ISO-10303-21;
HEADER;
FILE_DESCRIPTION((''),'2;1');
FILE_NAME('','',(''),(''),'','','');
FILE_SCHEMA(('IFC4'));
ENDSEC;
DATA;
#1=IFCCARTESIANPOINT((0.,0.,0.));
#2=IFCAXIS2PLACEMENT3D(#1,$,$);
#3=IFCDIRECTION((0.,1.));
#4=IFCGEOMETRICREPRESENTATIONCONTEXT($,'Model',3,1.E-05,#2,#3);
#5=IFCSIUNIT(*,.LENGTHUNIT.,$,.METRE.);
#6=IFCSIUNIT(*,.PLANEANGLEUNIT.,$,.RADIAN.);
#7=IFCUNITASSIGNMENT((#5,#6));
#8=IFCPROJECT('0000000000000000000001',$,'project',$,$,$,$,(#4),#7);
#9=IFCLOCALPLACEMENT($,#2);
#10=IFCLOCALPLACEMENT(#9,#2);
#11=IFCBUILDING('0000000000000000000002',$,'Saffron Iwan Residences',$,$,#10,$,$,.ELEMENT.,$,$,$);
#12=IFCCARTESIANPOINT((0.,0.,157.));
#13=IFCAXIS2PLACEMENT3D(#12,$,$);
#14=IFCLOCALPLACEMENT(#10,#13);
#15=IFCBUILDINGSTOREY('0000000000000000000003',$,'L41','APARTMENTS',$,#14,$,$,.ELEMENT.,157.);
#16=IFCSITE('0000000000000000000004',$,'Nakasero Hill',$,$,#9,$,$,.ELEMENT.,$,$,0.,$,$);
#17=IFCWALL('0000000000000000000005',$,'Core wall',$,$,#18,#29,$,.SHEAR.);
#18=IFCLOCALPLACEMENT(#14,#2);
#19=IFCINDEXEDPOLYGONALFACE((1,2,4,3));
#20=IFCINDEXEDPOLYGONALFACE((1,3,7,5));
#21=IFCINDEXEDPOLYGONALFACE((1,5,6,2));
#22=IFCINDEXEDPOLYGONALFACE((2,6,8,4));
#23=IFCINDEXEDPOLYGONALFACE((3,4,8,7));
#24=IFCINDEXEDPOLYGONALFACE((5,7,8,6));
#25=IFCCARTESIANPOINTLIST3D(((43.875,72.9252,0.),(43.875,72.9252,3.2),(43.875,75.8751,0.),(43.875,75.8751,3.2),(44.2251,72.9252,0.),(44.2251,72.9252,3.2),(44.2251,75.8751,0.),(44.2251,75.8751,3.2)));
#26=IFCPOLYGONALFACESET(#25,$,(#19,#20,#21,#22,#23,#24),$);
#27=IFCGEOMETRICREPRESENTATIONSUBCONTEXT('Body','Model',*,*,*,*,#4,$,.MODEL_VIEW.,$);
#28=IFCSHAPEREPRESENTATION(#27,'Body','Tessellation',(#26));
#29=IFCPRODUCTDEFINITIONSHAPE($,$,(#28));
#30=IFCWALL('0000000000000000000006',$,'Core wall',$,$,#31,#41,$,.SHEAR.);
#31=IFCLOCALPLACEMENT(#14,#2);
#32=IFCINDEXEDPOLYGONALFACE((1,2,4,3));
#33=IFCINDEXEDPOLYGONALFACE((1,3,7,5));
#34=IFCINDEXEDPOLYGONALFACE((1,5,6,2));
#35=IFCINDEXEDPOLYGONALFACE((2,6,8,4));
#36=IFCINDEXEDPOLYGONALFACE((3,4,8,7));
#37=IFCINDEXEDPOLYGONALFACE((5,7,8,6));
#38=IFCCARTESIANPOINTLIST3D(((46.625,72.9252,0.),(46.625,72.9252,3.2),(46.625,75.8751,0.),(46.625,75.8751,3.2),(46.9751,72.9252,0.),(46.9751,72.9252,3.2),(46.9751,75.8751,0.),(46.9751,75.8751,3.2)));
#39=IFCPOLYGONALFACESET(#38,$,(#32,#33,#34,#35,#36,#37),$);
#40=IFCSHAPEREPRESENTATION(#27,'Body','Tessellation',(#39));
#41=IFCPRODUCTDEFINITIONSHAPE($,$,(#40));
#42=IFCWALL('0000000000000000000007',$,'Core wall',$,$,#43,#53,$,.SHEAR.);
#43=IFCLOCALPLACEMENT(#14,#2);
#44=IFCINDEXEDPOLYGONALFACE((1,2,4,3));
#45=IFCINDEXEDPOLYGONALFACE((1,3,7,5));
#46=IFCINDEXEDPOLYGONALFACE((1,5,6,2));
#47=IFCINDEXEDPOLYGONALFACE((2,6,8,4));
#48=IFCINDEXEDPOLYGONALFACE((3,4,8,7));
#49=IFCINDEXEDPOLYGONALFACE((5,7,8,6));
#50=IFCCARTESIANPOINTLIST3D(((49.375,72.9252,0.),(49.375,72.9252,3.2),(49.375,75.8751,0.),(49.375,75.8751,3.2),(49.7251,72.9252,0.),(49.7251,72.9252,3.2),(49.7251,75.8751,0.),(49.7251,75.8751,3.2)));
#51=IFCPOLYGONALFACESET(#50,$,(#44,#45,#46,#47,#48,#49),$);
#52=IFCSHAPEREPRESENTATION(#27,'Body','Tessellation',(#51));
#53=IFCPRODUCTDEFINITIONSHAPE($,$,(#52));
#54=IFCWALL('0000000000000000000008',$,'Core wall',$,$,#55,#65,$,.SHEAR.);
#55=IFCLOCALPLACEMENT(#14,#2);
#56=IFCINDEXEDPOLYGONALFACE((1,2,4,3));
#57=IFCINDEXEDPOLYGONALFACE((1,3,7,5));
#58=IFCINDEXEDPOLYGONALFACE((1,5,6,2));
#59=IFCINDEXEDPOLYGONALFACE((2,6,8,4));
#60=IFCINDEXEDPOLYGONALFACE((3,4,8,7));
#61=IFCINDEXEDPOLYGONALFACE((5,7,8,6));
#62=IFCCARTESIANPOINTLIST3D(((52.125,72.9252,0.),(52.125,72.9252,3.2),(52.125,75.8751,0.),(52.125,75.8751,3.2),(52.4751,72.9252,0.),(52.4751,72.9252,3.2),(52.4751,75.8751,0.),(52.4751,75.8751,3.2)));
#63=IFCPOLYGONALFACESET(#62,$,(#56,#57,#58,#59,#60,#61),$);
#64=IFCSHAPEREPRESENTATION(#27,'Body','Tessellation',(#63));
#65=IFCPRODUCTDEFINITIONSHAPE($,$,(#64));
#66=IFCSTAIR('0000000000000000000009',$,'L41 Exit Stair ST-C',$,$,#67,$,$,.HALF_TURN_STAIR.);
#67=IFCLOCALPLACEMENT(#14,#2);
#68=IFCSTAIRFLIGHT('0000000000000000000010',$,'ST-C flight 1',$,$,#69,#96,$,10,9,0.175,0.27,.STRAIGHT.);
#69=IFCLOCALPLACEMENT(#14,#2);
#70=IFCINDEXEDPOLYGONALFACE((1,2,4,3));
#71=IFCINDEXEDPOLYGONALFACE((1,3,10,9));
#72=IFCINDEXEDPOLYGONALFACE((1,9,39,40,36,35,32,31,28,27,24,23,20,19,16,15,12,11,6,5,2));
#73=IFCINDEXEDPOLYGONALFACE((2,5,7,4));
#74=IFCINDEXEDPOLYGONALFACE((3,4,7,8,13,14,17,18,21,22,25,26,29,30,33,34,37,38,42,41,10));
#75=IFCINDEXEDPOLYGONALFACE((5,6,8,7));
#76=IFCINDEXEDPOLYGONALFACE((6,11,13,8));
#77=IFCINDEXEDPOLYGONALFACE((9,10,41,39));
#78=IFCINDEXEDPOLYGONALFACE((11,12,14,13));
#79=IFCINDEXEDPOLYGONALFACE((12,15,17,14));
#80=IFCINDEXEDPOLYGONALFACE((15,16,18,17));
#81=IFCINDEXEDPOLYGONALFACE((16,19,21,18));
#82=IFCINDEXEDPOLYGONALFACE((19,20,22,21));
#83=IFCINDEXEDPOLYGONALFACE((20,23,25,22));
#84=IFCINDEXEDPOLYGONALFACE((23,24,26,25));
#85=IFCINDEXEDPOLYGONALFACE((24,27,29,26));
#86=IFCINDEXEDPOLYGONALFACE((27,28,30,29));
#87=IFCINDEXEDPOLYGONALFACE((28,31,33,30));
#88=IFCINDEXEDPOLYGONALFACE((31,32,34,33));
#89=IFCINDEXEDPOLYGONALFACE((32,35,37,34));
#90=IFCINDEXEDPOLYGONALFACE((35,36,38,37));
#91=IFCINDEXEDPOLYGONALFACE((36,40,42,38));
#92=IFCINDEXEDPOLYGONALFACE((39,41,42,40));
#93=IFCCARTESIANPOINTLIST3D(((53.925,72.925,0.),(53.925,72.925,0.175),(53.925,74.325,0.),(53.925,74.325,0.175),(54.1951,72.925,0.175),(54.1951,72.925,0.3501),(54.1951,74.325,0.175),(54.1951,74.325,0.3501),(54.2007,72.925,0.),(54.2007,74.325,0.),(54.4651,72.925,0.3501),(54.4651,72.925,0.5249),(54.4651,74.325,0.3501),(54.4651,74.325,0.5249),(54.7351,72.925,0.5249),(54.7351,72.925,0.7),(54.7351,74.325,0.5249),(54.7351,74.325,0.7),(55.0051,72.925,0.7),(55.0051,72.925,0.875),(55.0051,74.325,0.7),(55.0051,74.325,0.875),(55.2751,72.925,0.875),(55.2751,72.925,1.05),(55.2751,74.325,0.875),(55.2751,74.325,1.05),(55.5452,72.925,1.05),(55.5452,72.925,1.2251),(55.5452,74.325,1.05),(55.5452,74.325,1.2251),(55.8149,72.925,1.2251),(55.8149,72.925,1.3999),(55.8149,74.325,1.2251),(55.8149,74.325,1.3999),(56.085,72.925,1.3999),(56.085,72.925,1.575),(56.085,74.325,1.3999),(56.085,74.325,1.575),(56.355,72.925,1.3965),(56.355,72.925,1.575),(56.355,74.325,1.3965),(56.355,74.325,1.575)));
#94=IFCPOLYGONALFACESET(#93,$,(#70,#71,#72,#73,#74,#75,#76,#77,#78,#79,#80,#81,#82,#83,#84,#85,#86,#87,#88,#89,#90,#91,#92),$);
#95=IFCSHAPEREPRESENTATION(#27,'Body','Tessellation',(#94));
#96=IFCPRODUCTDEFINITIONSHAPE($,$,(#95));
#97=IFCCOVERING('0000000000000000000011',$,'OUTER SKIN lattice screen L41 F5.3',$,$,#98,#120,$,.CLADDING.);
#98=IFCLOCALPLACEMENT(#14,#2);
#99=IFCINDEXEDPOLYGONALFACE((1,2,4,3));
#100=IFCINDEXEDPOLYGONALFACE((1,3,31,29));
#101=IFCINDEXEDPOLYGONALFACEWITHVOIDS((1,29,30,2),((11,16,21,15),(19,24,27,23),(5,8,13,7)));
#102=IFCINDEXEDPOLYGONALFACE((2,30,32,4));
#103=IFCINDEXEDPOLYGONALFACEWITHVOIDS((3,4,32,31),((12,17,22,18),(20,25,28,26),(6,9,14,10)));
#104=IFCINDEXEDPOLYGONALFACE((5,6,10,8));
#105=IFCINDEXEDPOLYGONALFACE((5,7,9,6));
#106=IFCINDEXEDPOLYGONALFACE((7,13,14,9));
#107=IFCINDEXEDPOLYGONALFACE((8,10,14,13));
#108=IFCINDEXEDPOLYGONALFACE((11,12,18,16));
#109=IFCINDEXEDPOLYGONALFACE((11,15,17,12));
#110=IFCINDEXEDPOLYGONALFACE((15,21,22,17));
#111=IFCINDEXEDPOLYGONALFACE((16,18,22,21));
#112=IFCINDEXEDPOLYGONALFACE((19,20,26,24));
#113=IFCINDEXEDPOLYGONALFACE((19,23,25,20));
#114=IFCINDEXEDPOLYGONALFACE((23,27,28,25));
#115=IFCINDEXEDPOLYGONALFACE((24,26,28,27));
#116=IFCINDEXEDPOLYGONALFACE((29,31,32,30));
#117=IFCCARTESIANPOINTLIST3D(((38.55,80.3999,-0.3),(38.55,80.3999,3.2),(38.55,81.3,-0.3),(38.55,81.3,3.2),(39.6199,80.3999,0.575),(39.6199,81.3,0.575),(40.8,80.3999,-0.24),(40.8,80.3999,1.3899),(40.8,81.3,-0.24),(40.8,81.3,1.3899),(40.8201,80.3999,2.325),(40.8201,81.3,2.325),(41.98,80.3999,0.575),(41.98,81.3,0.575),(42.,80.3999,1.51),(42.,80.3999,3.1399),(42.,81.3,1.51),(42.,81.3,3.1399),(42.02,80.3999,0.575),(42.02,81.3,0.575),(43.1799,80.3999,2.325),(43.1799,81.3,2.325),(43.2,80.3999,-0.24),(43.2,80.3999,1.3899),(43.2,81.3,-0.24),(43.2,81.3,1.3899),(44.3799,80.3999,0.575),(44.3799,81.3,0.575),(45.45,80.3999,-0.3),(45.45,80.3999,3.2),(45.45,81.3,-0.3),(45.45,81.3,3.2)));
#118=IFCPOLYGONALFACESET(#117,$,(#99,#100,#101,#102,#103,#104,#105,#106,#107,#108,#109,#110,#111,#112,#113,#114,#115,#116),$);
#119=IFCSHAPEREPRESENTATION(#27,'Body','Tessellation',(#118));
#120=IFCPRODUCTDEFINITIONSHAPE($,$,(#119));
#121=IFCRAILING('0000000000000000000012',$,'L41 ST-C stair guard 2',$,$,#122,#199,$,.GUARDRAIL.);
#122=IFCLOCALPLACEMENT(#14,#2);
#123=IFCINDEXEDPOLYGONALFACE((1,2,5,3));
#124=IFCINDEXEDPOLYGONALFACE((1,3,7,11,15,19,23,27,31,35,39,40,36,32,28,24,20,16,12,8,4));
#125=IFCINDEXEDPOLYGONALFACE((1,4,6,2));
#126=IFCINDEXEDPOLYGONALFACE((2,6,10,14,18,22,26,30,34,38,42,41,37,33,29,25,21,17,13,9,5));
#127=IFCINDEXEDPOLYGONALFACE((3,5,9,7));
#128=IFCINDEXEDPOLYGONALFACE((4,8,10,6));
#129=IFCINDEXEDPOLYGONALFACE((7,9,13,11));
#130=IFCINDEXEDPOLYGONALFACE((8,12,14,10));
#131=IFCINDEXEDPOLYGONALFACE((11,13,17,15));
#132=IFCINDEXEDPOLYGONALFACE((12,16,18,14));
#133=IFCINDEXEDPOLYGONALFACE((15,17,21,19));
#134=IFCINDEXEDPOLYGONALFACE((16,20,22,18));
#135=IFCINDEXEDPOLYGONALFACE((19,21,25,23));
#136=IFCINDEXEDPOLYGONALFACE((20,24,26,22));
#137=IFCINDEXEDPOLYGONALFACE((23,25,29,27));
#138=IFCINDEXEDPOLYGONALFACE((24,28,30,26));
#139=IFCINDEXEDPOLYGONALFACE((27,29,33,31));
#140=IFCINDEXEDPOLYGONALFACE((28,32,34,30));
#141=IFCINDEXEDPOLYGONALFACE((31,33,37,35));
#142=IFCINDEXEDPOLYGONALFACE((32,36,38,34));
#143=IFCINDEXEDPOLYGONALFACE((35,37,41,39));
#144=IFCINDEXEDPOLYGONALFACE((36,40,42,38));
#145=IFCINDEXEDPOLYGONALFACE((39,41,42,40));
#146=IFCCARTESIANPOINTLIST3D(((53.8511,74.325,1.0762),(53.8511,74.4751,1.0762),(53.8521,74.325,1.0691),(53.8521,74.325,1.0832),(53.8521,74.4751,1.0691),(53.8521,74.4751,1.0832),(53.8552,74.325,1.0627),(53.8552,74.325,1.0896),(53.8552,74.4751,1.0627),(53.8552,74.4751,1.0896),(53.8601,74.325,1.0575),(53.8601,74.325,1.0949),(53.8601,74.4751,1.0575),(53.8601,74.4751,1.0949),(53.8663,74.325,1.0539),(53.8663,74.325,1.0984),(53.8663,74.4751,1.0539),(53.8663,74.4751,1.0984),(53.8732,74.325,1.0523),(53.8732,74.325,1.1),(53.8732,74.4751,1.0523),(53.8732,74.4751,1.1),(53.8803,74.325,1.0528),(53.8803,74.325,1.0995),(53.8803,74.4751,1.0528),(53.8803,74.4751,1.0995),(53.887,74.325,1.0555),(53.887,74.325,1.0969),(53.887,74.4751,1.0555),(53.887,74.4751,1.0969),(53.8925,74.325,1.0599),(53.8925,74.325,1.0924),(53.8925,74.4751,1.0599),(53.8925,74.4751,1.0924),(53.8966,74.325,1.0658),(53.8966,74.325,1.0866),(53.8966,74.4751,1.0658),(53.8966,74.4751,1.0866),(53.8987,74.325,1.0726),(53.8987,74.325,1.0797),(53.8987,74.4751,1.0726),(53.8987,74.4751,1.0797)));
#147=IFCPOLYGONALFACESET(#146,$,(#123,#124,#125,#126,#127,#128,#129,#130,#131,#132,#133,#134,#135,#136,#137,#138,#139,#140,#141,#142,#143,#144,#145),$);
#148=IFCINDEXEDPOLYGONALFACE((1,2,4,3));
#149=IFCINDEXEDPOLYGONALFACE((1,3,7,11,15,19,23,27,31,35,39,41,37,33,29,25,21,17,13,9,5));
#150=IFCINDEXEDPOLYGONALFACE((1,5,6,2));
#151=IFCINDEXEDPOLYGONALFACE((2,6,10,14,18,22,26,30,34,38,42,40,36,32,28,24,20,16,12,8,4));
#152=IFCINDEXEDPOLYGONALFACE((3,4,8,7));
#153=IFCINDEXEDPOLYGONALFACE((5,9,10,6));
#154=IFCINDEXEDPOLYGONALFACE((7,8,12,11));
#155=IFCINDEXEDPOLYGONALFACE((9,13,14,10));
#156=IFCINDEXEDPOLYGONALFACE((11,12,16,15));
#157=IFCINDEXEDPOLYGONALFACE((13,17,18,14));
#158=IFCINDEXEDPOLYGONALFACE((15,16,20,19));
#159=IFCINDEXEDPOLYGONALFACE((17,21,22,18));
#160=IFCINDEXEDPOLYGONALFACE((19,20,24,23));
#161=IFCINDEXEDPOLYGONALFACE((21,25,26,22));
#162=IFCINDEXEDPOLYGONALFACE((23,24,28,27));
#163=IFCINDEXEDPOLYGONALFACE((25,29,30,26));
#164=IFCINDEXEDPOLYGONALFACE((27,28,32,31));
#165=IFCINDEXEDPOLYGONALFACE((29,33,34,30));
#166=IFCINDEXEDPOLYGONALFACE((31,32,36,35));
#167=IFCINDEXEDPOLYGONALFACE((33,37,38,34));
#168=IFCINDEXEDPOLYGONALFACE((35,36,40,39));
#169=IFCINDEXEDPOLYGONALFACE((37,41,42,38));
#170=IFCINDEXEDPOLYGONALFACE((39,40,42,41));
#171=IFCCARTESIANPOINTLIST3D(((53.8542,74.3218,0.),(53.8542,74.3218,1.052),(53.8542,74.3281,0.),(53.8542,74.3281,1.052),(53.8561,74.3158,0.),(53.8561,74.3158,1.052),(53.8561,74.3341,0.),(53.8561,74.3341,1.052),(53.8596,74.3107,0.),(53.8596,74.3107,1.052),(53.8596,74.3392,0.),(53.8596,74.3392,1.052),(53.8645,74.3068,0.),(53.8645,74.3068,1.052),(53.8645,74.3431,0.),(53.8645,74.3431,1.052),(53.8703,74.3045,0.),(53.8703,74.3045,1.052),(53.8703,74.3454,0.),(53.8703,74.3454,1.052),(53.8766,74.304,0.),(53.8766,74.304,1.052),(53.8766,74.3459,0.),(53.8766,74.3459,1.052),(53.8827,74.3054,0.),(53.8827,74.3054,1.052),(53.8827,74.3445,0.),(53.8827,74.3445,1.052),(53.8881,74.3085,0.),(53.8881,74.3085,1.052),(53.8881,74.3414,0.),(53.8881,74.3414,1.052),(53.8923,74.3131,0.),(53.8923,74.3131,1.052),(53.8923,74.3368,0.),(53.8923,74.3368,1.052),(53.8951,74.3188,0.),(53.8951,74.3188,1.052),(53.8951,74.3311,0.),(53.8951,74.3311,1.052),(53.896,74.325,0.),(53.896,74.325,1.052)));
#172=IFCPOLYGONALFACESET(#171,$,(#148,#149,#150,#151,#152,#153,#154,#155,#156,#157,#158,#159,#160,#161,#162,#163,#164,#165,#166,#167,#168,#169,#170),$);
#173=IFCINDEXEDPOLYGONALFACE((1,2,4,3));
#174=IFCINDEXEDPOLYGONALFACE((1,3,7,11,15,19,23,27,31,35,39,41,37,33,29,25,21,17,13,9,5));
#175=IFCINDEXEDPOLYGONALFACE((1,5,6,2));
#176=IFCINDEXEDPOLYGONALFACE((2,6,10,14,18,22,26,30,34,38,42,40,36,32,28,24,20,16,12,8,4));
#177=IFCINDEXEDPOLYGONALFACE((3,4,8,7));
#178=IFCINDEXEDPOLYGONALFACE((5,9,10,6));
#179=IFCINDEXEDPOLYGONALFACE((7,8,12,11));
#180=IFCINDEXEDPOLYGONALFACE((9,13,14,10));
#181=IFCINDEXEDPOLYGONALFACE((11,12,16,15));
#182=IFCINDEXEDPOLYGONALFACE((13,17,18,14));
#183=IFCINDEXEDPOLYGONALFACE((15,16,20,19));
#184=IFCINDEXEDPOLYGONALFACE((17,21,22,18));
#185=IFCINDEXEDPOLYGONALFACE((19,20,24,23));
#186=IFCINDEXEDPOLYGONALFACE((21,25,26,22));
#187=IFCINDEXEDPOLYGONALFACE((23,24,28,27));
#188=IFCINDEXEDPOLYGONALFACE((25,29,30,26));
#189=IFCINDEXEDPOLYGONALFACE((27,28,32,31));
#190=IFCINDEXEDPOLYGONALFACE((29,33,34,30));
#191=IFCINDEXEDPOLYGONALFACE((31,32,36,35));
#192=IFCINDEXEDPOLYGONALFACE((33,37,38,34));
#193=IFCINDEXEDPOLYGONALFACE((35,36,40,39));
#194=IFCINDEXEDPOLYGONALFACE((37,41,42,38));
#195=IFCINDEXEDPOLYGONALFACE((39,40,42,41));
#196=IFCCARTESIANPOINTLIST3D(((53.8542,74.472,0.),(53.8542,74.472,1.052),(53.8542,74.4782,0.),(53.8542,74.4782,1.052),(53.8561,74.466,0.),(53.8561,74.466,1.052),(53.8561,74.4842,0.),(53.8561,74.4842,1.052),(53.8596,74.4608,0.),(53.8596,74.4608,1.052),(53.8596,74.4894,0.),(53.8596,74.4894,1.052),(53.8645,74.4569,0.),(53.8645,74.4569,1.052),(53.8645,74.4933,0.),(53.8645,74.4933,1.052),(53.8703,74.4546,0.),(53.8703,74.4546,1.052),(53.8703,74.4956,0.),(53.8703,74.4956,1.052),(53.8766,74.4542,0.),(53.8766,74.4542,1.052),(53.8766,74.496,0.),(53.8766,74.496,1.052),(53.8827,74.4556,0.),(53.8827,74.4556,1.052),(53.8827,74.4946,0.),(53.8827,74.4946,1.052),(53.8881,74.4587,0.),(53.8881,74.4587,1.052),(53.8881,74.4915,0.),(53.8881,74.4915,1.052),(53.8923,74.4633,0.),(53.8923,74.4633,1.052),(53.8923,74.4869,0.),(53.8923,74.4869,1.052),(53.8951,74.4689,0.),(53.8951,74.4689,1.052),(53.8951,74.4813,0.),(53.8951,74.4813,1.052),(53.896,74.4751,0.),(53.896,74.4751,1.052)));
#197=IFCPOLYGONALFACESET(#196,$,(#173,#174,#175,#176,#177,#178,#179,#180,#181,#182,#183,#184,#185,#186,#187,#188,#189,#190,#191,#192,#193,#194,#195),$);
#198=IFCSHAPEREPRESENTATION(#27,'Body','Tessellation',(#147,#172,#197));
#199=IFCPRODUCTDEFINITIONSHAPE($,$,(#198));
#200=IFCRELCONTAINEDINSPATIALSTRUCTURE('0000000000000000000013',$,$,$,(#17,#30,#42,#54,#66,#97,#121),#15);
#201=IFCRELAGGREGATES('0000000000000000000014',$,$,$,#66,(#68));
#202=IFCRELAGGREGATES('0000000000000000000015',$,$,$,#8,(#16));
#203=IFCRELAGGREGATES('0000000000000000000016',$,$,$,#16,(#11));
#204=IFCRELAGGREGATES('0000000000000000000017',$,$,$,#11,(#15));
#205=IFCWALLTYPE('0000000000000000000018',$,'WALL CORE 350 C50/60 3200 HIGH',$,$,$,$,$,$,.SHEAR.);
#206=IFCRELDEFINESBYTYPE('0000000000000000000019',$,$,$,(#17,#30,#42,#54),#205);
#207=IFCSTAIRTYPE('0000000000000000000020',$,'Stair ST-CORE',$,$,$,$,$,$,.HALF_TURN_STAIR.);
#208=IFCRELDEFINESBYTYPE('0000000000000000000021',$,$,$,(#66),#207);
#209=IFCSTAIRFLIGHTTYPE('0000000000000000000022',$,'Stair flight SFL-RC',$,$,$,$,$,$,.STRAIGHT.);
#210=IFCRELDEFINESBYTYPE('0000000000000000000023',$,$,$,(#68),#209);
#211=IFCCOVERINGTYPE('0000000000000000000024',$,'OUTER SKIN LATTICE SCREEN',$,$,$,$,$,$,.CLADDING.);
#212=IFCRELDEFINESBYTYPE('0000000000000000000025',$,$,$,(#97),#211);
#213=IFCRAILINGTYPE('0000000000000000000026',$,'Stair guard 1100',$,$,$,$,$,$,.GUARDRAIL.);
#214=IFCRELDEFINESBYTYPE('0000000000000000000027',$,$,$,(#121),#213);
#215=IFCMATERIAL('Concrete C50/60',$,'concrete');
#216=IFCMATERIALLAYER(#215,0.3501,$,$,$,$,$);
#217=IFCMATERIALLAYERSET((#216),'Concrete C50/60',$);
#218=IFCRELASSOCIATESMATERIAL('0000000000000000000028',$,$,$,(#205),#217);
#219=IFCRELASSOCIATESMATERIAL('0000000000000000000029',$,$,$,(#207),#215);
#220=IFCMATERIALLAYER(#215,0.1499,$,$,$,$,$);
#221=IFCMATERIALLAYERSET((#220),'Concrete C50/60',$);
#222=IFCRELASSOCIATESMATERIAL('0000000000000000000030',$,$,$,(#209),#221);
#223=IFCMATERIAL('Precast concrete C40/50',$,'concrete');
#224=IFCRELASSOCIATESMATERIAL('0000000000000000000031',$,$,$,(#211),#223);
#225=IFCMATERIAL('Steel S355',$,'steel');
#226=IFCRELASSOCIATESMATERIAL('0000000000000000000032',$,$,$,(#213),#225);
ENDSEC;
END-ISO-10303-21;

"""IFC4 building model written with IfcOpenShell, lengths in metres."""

from ifc_helpers import new_model, si_unit, direction, frame, frame_2d, origin, origin_2d, place, context, subcontext, project, spatial, polyline, rectangle, circle, outline, extrude, material, layer, layer_set, type_object, element, aggregate, save


model = new_model("IFC4")

# Units and contexts
model_context = context("Model", 3, precision=1e-05, world=origin(), true_north=direction((0.0, 1.0)))
body_context = subcontext(model_context, "Body", "Model", "MODEL_VIEW")
ifc_project = project(units=[si_unit("LENGTHUNIT", "METRE"), si_unit("PLANEANGLEUNIT", "RADIAN")], contexts=[model_context])

# Site, building, storey
site_placement = place(None, origin())
site = spatial("IfcSite", under=ifc_project, at=site_placement, Name="Nakasero Hill", CompositionType="ELEMENT", RefElevation=0.0)
building_placement = place(site_placement, origin())
building = spatial("IfcBuilding", under=site, at=building_placement, Name="Saffron Iwan Residences", CompositionType="ELEMENT")
storey_placement = place(building_placement, frame((0.0, 0.0, 157.0)))
storey = spatial("IfcBuildingStorey", under=building, at=storey_placement, Name="L41", Description="APARTMENTS", CompositionType="ELEMENT", Elevation=157.0)

# Shared definitions
ifc_material_1 = material(Name="Concrete C50/60", Category="concrete")

# Walls
ifc_layer_1 = layer(ifc_material_1, 0.3501)
ifc_layer_set_1 = layer_set([ifc_layer_1], Name="Concrete C50/60")
wall_type_1 = type_object("IfcWallType", Name="WALL CORE 350 C50/60 3200 HIGH", PredefinedType="SHEAR", material=ifc_layer_set_1)
for number, where, z_axis, x_axis, name in (
    (1, (44.05, 72.925, 0.0), (0.0, 0.0, 1.0), (0.0, 1.0, 0.0), "Core wall"),
    (2, (46.8, 72.925, 0.0), (0.0, 0.0, 1.0), (0.0, 1.0, 0.0), "Core wall"),
    (3, (49.55, 72.925, 0.0), (0.0, 0.0, 1.0), (0.0, 1.0, 0.0), "Core wall"),
    (4, (52.3, 72.925, 0.0), (0.0, 0.0, 1.0), (0.0, 1.0, 0.0), "Core wall"),
):
    element("IfcWall", number, at=place(storey_placement, frame(where, z_axis=z_axis, x_axis=x_axis)), inside=storey, type_object=wall_type_1, Name=name, PredefinedType="SHEAR", context=body_context, shape_type="SweptSolid", body=[
        extrude(rectangle(XDim=2.95, YDim=0.3501, at=frame_2d((1.4751, 0.0))), origin(), (0.0, 0.0, 1.0), 3.2),
    ])

# Stair, stair flight
stair_type = type_object("IfcStairType", Name="Stair ST-CORE", PredefinedType="HALF_TURN_STAIR", material=ifc_material_1)
stair_placement = place(storey_placement, origin())
stair = element("IfcStair", 5, at=stair_placement, inside=storey, type_object=stair_type, Name="L41 Exit Stair ST-C", PredefinedType="HALF_TURN_STAIR")
ifc_layer_2 = layer(ifc_material_1, 0.1499)
ifc_layer_set_2 = layer_set([ifc_layer_2], Name="Concrete C50/60")
stair_flight_type = type_object("IfcStairFlightType", Name="Stair flight SFL-RC", PredefinedType="STRAIGHT", material=ifc_layer_set_2)
stair_flight_placement = place(storey_placement, frame((53.925, 73.625, 0.0), z_axis=(0.0, 0.0, 1.0), x_axis=(1.0, 0.0, 0.0)))
stair_flight = element("IfcStairFlight", 6, at=stair_flight_placement, type_object=stair_flight_type, Name="ST-C flight 1", NumberOfRisers=10, NumberOfTreads=9, PredefinedType="STRAIGHT", RiserHeight=0.175, TreadLength=0.27, context=body_context, shape_type="SweptSolid", body=[
    extrude(outline(polyline([(0.0, 0.0), (0.0, 0.175), (0.27, 0.175), (0.27, 0.3501), (0.54, 0.3501), (0.54, 0.5249), (0.8101, 0.5249), (0.8101, 0.7), (1.0801, 0.7), (1.0801, 0.875), (1.3501, 0.875), (1.3501, 1.05), (1.6201, 1.05), (1.6201, 1.2251), (1.8899, 1.2251), (1.8899, 1.3999), (2.1599, 1.3999), (2.1599, 1.575), (2.4299, 1.575), (2.4299, 1.75), (2.4299, 1.3965), (0.2756, 0.0), (0.0, 0.0)])), frame((0.0, 0.7, 0.0), z_axis=(0.0, -1.0, 0.0), x_axis=(1.0, 0.0, 0.0)), (0.0, 0.0, 1.0), 1.3999),
])
aggregate(stair, [stair_flight])

# Covering
ifc_material_2 = material(Name="Precast concrete C40/50", Category="concrete")
covering_type_1 = type_object("IfcCoveringType", Name="OUTER SKIN LATTICE SCREEN", PredefinedType="CLADDING", material=ifc_material_2)
covering_placement = place(storey_placement, frame((45.45, 80.3999, -0.3), z_axis=(0.0, 1.0, 0.0), x_axis=(-1.0, 0.0, 0.0)))
element("IfcCovering", 7, at=covering_placement, inside=storey, type_object=covering_type_1, Name="OUTER SKIN lattice screen L41 F5.3", PredefinedType="CLADDING", context=body_context, shape_type="SweptSolid", body=[
    extrude(outline(polyline([(0.0, 0.0), (6.8999, 0.0), (6.8999, 3.5), (0.0, 3.5), (0.0, 0.0)]), holes=[polyline([(1.0701, 0.875), (2.25, 0.0601), (3.4299, 0.875), (2.25, 1.6899), (1.0701, 0.875)]), polyline([(3.47, 0.875), (4.6499, 0.0601), (5.8301, 0.875), (4.6499, 1.6899), (3.47, 0.875)]), polyline([(2.27, 2.625), (3.45, 1.8101), (4.6299, 2.625), (3.45, 3.4399), (2.27, 2.625)])]), origin(), (0.0, 0.0, 1.0), 0.9001),
])

# Railing
ifc_material_3 = material(Name="Steel S355", Category="steel")
railing_type_1 = type_object("IfcRailingType", Name="Stair guard 1100", PredefinedType="GUARDRAIL", material=ifc_material_3)
railing_1_placement = place(storey_placement, frame((53.875, 74.325, 0.0)))
element("IfcRailing", 8, at=railing_1_placement, inside=storey, type_object=railing_type_1, Name="L41 ST-C stair guard 2", PredefinedType="GUARDRAIL", context=body_context, shape_type="SweptSolid", body=[
    extrude(circle(Radius=0.0239, at=origin_2d()), frame((0.0, 0.0, 1.0762), z_axis=(0.0, 1.0, 0.0), x_axis=(-1.0, 0.0, 0.0)), (0.0, 0.0, 1.0), 0.1501),
    extrude(circle(Radius=0.021, at=origin_2d()), origin(), (0.0, 0.0, 1.0), 1.052),
    extrude(circle(Radius=0.021, at=origin_2d()), frame((0.0, 0.1501, 0.0)), (0.0, 0.0, 1.0), 1.052),
])

save(model, "model.ifc")
